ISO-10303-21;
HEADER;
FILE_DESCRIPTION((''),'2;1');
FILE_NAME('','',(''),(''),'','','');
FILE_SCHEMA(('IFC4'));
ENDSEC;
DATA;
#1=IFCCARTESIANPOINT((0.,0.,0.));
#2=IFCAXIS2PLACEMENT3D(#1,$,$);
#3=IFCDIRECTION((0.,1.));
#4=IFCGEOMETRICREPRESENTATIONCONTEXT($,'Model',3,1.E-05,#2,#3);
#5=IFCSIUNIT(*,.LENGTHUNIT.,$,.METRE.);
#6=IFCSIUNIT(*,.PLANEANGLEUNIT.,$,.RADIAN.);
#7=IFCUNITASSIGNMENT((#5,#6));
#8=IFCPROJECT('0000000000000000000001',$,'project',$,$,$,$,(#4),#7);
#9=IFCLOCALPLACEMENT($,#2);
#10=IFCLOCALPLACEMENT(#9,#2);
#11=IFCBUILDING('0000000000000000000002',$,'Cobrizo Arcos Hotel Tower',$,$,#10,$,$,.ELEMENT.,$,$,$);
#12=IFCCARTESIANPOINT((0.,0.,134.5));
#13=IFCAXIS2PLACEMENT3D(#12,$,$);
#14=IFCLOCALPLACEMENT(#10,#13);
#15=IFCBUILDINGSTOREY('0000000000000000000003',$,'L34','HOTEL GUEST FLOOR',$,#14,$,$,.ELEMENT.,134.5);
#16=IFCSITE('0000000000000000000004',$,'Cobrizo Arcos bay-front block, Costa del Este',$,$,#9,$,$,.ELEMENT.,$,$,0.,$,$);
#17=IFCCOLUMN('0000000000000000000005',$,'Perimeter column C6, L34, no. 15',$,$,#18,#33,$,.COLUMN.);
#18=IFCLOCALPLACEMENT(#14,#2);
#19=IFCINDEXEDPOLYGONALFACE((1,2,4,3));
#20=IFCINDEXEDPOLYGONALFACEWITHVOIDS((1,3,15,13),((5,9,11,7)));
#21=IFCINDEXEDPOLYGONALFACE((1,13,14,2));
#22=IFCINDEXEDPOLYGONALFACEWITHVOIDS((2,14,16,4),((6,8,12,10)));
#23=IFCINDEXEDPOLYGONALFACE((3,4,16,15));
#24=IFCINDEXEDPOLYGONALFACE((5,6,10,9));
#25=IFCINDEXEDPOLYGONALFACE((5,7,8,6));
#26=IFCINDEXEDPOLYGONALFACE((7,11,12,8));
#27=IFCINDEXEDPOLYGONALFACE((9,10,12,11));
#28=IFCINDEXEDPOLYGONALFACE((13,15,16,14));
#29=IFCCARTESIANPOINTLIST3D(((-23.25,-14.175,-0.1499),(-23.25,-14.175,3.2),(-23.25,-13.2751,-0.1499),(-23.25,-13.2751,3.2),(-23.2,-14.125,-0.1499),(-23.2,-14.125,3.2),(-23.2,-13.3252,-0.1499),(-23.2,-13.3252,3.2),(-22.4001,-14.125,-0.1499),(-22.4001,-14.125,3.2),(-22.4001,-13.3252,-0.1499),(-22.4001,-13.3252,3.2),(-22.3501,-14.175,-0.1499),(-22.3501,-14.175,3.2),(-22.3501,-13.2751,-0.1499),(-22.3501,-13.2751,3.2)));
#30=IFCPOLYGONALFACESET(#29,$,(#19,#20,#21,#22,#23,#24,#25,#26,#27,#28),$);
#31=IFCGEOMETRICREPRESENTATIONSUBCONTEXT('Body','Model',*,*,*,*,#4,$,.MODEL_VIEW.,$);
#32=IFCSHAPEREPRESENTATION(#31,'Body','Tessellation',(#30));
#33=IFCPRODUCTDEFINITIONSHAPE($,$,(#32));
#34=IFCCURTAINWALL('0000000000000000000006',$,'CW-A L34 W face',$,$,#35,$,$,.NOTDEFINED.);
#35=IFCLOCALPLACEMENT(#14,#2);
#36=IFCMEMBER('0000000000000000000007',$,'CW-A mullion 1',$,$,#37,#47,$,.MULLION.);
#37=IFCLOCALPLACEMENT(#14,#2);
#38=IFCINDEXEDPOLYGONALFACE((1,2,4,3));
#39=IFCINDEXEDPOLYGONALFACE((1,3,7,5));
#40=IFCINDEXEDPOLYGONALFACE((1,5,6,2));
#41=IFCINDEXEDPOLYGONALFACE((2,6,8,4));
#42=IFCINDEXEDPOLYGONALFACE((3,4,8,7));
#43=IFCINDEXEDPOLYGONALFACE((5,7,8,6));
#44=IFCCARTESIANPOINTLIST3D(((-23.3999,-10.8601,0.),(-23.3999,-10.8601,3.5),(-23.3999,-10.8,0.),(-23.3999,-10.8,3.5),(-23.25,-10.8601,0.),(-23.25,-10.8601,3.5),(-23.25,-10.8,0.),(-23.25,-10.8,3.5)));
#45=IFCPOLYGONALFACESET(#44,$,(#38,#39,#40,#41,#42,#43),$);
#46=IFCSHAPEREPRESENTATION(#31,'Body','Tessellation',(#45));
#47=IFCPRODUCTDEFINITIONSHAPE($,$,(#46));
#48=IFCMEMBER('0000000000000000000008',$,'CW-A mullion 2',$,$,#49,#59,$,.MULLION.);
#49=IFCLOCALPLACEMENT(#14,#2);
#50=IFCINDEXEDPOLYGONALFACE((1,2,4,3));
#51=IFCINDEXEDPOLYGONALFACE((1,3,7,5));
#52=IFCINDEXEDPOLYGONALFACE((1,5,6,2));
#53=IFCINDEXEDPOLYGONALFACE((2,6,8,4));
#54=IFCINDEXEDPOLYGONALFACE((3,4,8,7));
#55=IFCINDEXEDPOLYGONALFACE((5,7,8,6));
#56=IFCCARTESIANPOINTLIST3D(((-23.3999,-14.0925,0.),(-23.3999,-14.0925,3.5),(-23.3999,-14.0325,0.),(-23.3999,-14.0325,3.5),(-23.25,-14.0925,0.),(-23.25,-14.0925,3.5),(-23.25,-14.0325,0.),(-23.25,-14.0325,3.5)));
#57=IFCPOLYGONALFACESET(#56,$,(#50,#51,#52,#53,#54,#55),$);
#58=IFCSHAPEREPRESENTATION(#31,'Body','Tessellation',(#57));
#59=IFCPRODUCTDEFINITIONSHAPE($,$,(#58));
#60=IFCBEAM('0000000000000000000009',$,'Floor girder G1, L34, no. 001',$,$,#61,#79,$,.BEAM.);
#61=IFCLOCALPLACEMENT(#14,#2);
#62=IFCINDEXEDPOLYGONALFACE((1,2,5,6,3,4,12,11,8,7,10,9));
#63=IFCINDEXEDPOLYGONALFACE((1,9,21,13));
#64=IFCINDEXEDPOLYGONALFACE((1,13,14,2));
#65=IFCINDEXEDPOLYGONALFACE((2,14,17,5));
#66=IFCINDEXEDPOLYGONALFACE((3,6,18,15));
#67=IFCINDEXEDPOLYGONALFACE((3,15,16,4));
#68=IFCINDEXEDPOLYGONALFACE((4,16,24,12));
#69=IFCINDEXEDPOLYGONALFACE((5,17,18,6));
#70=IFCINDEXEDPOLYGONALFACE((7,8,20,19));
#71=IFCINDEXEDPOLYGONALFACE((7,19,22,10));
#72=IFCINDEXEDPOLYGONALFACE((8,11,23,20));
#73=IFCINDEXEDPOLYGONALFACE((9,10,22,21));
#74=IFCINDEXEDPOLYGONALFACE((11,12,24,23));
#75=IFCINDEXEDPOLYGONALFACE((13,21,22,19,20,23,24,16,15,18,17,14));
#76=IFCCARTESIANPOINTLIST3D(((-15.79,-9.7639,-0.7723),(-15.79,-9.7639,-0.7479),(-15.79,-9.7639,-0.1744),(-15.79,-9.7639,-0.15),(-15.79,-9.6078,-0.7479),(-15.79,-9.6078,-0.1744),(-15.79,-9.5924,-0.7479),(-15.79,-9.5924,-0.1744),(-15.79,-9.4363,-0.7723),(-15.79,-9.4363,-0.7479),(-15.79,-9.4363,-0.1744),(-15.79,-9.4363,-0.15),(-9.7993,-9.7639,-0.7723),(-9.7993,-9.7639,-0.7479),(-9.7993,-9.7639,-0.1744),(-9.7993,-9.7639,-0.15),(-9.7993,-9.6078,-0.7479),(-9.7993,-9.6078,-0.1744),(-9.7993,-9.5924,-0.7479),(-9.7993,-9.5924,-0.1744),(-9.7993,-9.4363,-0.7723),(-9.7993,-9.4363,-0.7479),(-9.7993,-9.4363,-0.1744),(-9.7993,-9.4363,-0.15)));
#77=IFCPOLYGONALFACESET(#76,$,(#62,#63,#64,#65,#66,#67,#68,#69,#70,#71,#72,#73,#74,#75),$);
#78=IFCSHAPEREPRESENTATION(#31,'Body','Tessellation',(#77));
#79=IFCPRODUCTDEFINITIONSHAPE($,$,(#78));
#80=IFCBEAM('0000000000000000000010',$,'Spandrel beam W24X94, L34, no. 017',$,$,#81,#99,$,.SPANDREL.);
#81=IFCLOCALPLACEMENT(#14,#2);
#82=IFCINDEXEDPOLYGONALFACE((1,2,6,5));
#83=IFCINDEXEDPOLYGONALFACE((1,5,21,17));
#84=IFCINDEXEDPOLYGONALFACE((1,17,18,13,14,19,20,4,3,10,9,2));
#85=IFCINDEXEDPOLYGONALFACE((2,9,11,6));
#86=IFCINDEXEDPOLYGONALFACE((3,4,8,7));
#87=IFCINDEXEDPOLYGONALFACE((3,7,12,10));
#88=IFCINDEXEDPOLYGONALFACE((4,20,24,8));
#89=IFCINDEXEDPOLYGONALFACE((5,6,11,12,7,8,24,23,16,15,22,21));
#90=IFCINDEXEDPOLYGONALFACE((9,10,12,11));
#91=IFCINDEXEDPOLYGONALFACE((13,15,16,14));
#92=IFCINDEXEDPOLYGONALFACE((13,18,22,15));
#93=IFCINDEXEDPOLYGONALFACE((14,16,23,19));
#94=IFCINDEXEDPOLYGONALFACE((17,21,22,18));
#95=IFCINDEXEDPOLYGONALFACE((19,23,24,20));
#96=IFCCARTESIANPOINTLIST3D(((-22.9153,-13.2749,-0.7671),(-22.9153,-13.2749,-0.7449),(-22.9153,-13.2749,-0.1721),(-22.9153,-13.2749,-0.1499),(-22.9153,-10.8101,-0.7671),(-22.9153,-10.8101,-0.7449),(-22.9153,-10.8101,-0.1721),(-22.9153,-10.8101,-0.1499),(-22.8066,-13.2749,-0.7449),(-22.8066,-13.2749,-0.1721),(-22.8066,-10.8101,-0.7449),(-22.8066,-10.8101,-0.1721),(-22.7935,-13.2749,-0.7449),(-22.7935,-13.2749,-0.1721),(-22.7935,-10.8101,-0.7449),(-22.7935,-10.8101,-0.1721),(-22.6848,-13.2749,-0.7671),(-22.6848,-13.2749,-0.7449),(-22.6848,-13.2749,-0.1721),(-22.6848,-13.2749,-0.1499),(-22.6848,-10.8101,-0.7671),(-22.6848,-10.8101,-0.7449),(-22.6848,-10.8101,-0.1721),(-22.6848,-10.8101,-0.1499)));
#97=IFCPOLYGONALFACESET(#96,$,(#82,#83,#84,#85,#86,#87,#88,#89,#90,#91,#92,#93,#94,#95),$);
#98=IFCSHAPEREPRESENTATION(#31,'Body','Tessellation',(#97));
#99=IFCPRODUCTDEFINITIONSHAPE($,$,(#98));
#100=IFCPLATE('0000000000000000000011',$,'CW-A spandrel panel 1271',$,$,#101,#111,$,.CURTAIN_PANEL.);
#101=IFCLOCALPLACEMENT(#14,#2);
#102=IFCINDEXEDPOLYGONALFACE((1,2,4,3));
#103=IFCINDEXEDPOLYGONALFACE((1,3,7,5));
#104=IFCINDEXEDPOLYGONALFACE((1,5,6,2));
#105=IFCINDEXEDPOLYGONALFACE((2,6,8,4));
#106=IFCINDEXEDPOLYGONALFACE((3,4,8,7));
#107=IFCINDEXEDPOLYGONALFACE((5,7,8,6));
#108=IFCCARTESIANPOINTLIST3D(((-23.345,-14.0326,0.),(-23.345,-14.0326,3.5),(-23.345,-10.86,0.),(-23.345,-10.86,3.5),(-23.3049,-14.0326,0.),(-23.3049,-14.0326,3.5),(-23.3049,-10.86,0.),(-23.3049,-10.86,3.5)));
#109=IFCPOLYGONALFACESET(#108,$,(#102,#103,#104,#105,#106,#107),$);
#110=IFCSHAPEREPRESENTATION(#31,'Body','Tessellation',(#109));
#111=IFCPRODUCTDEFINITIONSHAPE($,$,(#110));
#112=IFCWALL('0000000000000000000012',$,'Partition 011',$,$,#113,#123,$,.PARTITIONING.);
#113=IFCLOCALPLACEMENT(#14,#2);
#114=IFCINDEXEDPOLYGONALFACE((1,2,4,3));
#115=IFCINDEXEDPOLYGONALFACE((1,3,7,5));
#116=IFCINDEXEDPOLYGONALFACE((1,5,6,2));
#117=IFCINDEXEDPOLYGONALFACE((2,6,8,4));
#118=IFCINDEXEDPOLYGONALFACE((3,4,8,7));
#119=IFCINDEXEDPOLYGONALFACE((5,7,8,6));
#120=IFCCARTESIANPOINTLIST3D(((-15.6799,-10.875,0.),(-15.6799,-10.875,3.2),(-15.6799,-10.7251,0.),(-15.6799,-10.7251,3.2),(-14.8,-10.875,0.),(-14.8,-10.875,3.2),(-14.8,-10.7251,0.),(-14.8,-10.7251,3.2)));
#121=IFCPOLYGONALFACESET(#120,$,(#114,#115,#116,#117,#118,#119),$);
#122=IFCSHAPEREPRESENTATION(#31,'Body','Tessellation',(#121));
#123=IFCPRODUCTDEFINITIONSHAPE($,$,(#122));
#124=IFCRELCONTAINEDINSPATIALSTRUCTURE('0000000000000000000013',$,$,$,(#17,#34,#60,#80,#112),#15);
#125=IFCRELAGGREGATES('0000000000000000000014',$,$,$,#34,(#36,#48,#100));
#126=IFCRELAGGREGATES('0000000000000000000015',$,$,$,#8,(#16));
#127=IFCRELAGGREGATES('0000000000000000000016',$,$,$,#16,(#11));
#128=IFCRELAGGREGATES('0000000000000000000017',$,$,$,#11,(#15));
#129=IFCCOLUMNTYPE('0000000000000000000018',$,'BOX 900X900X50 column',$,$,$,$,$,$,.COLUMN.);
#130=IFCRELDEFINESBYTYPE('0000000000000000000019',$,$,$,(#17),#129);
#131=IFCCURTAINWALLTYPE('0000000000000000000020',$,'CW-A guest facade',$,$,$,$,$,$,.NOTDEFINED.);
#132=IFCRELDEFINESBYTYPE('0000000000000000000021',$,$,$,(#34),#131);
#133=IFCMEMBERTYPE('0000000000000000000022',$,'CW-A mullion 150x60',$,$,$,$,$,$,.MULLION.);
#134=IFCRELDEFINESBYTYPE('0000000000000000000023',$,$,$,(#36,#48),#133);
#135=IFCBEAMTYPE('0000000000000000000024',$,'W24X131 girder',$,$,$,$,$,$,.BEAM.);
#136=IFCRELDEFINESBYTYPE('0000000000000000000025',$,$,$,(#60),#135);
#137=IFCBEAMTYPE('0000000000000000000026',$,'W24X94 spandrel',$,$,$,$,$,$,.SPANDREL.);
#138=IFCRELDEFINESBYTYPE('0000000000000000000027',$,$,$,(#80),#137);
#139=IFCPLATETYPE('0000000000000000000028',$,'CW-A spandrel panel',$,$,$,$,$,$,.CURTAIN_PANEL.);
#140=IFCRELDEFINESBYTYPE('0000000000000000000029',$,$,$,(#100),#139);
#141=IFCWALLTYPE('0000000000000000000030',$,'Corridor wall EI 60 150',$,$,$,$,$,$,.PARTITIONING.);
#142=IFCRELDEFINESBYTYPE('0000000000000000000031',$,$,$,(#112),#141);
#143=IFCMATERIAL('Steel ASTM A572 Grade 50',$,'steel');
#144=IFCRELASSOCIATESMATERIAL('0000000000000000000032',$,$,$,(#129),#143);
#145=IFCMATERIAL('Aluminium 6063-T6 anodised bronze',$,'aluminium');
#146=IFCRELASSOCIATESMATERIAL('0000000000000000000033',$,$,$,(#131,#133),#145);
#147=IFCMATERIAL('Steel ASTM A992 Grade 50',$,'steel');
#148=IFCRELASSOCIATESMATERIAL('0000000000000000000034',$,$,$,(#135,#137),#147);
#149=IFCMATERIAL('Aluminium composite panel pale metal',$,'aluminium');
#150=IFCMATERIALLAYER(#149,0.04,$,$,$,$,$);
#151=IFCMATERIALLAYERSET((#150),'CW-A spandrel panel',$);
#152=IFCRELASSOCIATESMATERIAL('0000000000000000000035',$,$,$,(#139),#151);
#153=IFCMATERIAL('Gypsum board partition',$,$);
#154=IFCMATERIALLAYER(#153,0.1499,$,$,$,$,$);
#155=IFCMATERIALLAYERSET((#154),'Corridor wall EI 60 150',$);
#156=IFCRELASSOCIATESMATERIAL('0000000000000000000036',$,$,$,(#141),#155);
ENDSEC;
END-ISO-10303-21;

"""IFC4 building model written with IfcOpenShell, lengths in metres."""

from ifc_helpers import new_model, si_unit, direction, frame, frame_2d, origin, origin_2d, place, context, subcontext, project, spatial, rectangle, hollow_rectangle, i_section, extrude, material, layer, layer_set, material_profile, profile_set, type_object, element, aggregate, save


model = new_model("IFC4")

# Units and contexts
model_context = context("Model", 3, precision=1e-05, world=origin(), true_north=direction((0.0, 1.0)))
body_context = subcontext(model_context, "Body", "Model", "MODEL_VIEW")
ifc_project = project(units=[si_unit("LENGTHUNIT", "METRE"), si_unit("PLANEANGLEUNIT", "RADIAN")], contexts=[model_context])

# Site, building, storey
site_placement = place(None, origin())
site = spatial("IfcSite", under=ifc_project, at=site_placement, Name="Cobrizo Arcos bay-front block, Costa del Este", CompositionType="ELEMENT", RefElevation=0.0)
building_placement = place(site_placement, origin())
building = spatial("IfcBuilding", under=site, at=building_placement, Name="Cobrizo Arcos Hotel Tower", CompositionType="ELEMENT")
storey_placement = place(building_placement, frame((0.0, 0.0, 134.5)))
storey = spatial("IfcBuildingStorey", under=building, at=storey_placement, Name="L34", Description="HOTEL GUEST FLOOR", CompositionType="ELEMENT", Elevation=134.5)

# Column
ifc_material_1 = material(Name="Steel ASTM A572 Grade 50", Category="steel")
ifc_material_profile_1 = material_profile(ifc_material_1, hollow_rectangle(XDim=0.8999, YDim=0.8999, WallThickness=0.05, at=origin_2d()), Name="BOX 900X900X50")
ifc_profile_set_1 = profile_set([ifc_material_profile_1], Name="Steel ASTM A572 Grade 50")
column_type = type_object("IfcColumnType", Name="BOX 900X900X50 column", PredefinedType="COLUMN", material=ifc_profile_set_1)
column_placement = place(storey_placement, frame((-22.8, -13.7251, -0.1499), z_axis=(0.0, 0.0, 1.0), x_axis=(1.0, 0.0, 0.0)))
element("IfcColumn", 1, at=column_placement, inside=storey, type_object=column_type, Name="Perimeter column C6, L34, no. 15", PredefinedType="COLUMN", context=body_context, shape_type="SweptSolid", body=[
    extrude(hollow_rectangle(XDim=0.8999, YDim=0.8999, WallThickness=0.05, at=origin_2d()), origin(), (0.0, 0.0, 1.0), 3.3499),
])

# Curtain wall, members
ifc_material_2 = material(Name="Aluminium 6063-T6 anodised bronze", Category="aluminium")
curtain_wall_type = type_object("IfcCurtainWallType", Name="CW-A guest facade", PredefinedType="NOTDEFINED", material=ifc_material_2)
curtain_wall_placement = place(storey_placement, origin())
curtain_wall = element("IfcCurtainWall", 2, at=curtain_wall_placement, inside=storey, type_object=curtain_wall_type, Name="CW-A L34 W face", PredefinedType="NOTDEFINED")
ifc_material_profile_2 = material_profile(ifc_material_2, rectangle(XDim=0.1499, YDim=0.0601, at=origin_2d()), Name="CW-A mullion 150x60")
ifc_profile_set_2 = profile_set([ifc_material_profile_2], Name="Aluminium 6063-T6 anodised bronze")
member_type = type_object("IfcMemberType", Name="CW-A mullion 150x60", PredefinedType="MULLION", material=ifc_profile_set_2)
member_1_placement = place(storey_placement, frame((-23.325, -10.8301, 0.0), z_axis=(0.0, 0.0, 1.0), x_axis=(-1.0, 0.0, 0.0)))
member_1 = element("IfcMember", 3, at=member_1_placement, type_object=member_type, Name="CW-A mullion 1", PredefinedType="MULLION", context=body_context, shape_type="SweptSolid", body=[
    extrude(rectangle(XDim=0.1499, YDim=0.0601, at=origin_2d()), origin(), (0.0, 0.0, 1.0), 3.5),
])
member_2_placement = place(storey_placement, frame((-23.325, -14.0625, 0.0), z_axis=(0.0, 0.0, 1.0), x_axis=(-1.0, 0.0, 0.0)))
member_2 = element("IfcMember", 4, at=member_2_placement, type_object=member_type, Name="CW-A mullion 2", PredefinedType="MULLION", context=body_context, shape_type="SweptSolid", body=[
    extrude(rectangle(XDim=0.1499, YDim=0.0601, at=origin_2d()), origin(), (0.0, 0.0, 1.0), 3.5),
])

# Beams
ifc_material_3 = material(Name="Steel ASTM A992 Grade 50", Category="steel")
ifc_material_profile_3 = material_profile(ifc_material_3, i_section(OverallWidth=0.3276, OverallDepth=0.6223, WebThickness=0.0154, FlangeThickness=0.0244, at=origin_2d()), Name="W24X131")
ifc_profile_set_3 = profile_set([ifc_material_profile_3], Name="Steel ASTM A992 Grade 50")
beam_type_1 = type_object("IfcBeamType", Name="W24X131 girder", PredefinedType="BEAM", material=ifc_profile_set_3)
beam_1_placement = place(storey_placement, frame((-15.79, -9.6001, -0.4612), z_axis=(1.0, 0.0, 0.0), x_axis=(0.0, 1.0, 0.0)))
element("IfcBeam", 5, at=beam_1_placement, inside=storey, type_object=beam_type_1, Name="Floor girder G1, L34, no. 001", PredefinedType="BEAM", context=body_context, shape_type="SweptSolid", body=[
    extrude(i_section(OverallWidth=0.3276, OverallDepth=0.6223, WebThickness=0.0154, FlangeThickness=0.0244, at=origin_2d()), origin(), (0.0, 0.0, 1.0), 5.9907),
])
ifc_material_profile_4 = material_profile(ifc_material_3, i_section(OverallWidth=0.2305, OverallDepth=0.6172, WebThickness=0.0132, FlangeThickness=0.0222, at=origin_2d()), Name="W24X94")
ifc_profile_set_4 = profile_set([ifc_material_profile_4], Name="Steel ASTM A992 Grade 50")
beam_type_2 = type_object("IfcBeamType", Name="W24X94 spandrel", PredefinedType="SPANDREL", material=ifc_profile_set_4)
beam_2_placement = place(storey_placement, frame((-22.8, -13.2749, -0.4585), z_axis=(0.0, 1.0, 0.0), x_axis=(-1.0, 0.0, 0.0)))
element("IfcBeam", 6, at=beam_2_placement, inside=storey, type_object=beam_type_2, Name="Spandrel beam W24X94, L34, no. 017", PredefinedType="SPANDREL", context=body_context, shape_type="SweptSolid", body=[
    extrude(i_section(OverallWidth=0.2305, OverallDepth=0.6172, WebThickness=0.0132, FlangeThickness=0.0222, at=origin_2d()), origin(), (0.0, 0.0, 1.0), 2.4648),
])

# Plate
ifc_material_4 = material(Name="Aluminium composite panel pale metal", Category="aluminium")
ifc_layer_1 = layer(ifc_material_4, 0.04)
ifc_layer_set_1 = layer_set([ifc_layer_1], Name="CW-A spandrel panel")
plate_type = type_object("IfcPlateType", Name="CW-A spandrel panel", PredefinedType="CURTAIN_PANEL", material=ifc_layer_set_1)
plate_placement = place(storey_placement, frame((-23.325, -12.4463, 0.0), z_axis=(0.0, 0.0, 1.0), x_axis=(0.0, -1.0, 0.0)))
plate = element("IfcPlate", 7, at=plate_placement, type_object=plate_type, Name="CW-A spandrel panel 1271", PredefinedType="CURTAIN_PANEL", context=body_context, shape_type="SweptSolid", body=[
    extrude(rectangle(XDim=3.1726, YDim=0.04, at=origin_2d()), origin(), (0.0, 0.0, 1.0), 3.5),
])
aggregate(curtain_wall, [member_1, member_2, plate])

# Wall
ifc_material_5 = material(Name="Gypsum board partition")
ifc_layer_2 = layer(ifc_material_5, 0.1499)
ifc_layer_set_2 = layer_set([ifc_layer_2], Name="Corridor wall EI 60 150")
wall_type_1 = type_object("IfcWallType", Name="Corridor wall EI 60 150", PredefinedType="PARTITIONING", material=ifc_layer_set_2)
wall_1_placement = place(storey_placement, frame((-15.6799, -10.8, 0.0), z_axis=(0.0, 0.0, 1.0), x_axis=(1.0, 0.0, 0.0)))
element("IfcWall", 8, at=wall_1_placement, inside=storey, type_object=wall_type_1, Name="Partition 011", PredefinedType="PARTITIONING", context=body_context, shape_type="SweptSolid", body=[
    extrude(rectangle(XDim=0.8799, YDim=0.1499, at=frame_2d((0.4399, 0.0))), origin(), (0.0, 0.0, 1.0), 3.2),
])

save(model, "model.ifc")
